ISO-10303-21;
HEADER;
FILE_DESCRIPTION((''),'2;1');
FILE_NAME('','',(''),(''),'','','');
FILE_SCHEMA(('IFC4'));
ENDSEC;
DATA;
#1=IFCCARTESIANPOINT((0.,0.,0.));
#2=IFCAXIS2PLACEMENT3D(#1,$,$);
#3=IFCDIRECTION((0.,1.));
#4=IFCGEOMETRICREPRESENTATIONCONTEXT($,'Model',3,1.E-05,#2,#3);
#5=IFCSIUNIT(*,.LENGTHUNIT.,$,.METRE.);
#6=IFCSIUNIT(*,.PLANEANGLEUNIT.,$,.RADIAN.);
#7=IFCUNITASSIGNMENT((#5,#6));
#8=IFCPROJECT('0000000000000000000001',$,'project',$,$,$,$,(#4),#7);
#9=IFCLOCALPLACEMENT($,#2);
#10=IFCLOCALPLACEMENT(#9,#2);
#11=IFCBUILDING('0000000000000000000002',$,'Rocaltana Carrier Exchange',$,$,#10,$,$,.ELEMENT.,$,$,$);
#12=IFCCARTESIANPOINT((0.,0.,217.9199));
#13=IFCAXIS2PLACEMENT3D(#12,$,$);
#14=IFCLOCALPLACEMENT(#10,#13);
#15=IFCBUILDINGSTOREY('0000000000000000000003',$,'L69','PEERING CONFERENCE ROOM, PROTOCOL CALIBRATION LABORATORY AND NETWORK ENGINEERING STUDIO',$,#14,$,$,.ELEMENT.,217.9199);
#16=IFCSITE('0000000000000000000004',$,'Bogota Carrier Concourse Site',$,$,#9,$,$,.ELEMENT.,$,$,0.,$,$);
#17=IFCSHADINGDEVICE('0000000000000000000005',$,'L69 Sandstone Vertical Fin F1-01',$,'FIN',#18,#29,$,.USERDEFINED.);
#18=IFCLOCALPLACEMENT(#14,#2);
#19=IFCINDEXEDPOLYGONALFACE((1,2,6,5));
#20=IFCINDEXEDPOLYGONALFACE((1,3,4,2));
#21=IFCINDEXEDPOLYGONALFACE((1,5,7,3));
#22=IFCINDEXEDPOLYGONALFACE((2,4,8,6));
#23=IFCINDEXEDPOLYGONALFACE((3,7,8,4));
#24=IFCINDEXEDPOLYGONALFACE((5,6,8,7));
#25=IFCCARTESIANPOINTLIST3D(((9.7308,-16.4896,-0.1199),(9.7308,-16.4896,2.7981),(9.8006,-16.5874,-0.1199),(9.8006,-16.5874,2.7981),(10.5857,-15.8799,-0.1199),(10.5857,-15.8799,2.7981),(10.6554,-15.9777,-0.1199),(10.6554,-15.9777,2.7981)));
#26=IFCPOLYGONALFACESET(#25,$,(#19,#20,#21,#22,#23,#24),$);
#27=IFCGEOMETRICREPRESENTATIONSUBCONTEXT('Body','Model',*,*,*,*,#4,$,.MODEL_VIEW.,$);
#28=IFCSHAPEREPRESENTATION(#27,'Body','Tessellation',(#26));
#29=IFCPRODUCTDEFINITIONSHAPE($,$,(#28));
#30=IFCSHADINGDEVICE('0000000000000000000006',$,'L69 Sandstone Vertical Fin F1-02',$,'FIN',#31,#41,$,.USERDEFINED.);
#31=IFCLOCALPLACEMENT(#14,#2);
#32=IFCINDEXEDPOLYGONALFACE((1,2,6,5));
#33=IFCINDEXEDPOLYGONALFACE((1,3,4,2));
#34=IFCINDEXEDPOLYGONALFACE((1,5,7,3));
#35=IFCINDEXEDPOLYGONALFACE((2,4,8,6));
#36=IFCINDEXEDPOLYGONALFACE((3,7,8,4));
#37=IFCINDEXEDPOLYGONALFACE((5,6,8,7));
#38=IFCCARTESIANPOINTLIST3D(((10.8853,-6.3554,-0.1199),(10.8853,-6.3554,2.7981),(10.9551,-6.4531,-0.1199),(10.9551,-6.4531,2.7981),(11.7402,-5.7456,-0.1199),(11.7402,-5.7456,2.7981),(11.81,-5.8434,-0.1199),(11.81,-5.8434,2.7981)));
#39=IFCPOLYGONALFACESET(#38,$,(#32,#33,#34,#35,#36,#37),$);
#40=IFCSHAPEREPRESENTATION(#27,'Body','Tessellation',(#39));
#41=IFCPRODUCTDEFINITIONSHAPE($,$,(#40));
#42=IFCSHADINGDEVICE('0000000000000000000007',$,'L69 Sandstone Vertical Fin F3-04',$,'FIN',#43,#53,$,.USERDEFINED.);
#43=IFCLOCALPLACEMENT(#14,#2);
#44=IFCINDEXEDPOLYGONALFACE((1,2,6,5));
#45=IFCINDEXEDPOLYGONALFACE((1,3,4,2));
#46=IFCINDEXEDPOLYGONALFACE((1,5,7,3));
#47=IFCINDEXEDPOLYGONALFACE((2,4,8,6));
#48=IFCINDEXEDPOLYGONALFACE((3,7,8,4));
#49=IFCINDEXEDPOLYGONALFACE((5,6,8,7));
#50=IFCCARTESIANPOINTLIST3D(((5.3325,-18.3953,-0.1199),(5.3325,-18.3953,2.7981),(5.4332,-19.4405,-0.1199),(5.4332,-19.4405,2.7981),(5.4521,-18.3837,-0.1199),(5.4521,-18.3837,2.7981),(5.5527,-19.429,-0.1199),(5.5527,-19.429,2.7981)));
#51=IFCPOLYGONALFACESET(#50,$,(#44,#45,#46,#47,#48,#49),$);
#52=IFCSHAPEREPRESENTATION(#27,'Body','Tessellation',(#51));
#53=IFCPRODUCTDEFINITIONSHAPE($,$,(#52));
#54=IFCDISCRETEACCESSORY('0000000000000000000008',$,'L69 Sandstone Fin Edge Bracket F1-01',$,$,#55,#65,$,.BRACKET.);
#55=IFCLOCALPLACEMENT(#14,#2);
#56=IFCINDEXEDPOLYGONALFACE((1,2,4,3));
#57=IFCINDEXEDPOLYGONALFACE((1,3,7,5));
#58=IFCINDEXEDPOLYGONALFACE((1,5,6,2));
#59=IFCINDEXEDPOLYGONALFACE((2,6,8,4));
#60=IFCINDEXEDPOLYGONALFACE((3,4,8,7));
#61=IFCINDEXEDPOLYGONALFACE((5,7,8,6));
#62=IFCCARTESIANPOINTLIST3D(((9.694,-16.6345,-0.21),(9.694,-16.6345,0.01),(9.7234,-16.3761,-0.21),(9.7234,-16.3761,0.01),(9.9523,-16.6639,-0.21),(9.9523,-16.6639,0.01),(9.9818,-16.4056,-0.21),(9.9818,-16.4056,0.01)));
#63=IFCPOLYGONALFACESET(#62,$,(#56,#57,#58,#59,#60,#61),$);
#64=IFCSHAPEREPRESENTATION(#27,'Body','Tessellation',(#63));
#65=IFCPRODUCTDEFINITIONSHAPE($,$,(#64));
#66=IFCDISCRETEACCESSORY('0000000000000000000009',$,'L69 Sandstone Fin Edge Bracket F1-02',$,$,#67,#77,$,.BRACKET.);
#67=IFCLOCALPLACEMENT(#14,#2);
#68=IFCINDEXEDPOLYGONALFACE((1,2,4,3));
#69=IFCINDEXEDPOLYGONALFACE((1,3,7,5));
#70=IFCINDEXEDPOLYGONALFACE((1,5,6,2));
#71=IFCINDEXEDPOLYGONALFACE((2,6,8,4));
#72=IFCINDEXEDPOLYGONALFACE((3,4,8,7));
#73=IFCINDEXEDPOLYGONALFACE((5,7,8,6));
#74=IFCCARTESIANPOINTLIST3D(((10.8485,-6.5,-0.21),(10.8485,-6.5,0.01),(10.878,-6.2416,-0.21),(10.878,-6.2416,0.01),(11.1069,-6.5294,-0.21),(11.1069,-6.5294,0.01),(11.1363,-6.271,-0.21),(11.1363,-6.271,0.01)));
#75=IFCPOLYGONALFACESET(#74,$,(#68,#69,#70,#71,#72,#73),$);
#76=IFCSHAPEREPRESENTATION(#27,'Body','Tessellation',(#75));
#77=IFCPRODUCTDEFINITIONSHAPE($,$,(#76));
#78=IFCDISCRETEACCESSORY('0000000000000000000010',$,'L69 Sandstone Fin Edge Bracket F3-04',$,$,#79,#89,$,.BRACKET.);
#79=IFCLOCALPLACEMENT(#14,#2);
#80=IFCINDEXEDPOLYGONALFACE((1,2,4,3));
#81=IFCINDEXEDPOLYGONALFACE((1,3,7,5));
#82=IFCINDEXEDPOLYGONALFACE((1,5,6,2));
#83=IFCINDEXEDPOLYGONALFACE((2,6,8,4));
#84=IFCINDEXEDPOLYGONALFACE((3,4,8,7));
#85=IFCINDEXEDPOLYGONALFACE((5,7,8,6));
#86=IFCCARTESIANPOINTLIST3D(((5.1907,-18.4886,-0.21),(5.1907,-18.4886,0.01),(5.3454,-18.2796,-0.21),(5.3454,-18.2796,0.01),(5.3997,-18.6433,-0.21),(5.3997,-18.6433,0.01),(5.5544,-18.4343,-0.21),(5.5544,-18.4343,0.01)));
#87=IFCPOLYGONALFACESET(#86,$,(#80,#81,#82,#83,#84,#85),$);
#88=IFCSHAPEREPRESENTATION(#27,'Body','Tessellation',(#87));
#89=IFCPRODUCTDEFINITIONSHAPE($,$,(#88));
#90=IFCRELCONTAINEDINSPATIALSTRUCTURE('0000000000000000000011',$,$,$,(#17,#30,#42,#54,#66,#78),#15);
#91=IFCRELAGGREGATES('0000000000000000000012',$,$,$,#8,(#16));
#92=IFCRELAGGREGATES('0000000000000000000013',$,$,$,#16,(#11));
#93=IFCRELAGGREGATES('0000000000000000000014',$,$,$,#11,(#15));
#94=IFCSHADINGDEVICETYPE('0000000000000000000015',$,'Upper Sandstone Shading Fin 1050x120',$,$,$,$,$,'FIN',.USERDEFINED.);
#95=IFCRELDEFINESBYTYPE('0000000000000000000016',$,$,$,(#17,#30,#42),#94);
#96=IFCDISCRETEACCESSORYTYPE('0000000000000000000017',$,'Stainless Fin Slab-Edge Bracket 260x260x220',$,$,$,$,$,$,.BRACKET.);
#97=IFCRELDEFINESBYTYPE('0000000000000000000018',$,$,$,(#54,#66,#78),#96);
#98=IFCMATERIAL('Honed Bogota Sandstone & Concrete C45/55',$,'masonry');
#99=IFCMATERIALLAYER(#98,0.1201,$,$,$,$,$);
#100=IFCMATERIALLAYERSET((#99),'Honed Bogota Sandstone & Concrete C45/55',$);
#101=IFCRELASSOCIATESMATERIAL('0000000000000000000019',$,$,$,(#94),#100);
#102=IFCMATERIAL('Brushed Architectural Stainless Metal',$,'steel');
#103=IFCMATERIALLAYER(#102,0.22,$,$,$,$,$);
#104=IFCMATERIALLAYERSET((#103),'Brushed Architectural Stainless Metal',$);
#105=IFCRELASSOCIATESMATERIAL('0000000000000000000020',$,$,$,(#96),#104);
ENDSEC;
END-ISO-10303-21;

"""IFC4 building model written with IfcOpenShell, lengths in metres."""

from ifc_helpers import new_model, si_unit, direction, frame, origin, origin_2d, place, context, subcontext, project, spatial, rectangle, extrude, material, layer, layer_set, type_object, element, save


model = new_model("IFC4")

# Units and contexts
model_context = context("Model", 3, precision=1e-05, world=origin(), true_north=direction((0.0, 1.0)))
body_context = subcontext(model_context, "Body", "Model", "MODEL_VIEW")
ifc_project = project(units=[si_unit("LENGTHUNIT", "METRE"), si_unit("PLANEANGLEUNIT", "RADIAN")], contexts=[model_context])

# Site, building, storey
site_placement = place(None, origin())
site = spatial("IfcSite", under=ifc_project, at=site_placement, Name="Bogota Carrier Concourse Site", CompositionType="ELEMENT", RefElevation=0.0)
building_placement = place(site_placement, origin())
building = spatial("IfcBuilding", under=site, at=building_placement, Name="Rocaltana Carrier Exchange", CompositionType="ELEMENT")
storey_placement = place(building_placement, frame((0.0, 0.0, 217.9199)))
storey = spatial("IfcBuildingStorey", under=building, at=storey_placement, Name="L69", Description="PEERING CONFERENCE ROOM, PROTOCOL CALIBRATION LABORATORY AND NETWORK ENGINEERING STUDIO", CompositionType="ELEMENT", Elevation=217.9199)

# Shading devices
ifc_material_1 = material(Name="Honed Bogota Sandstone & Concrete C45/55", Category="masonry")
ifc_layer_1 = layer(ifc_material_1, 0.1201)
ifc_layer_set_1 = layer_set([ifc_layer_1], Name="Honed Bogota Sandstone & Concrete C45/55")
shading_device_type = type_object("IfcShadingDeviceType", Name="Upper Sandstone Shading Fin 1050x120", ElementType="FIN", PredefinedType="USERDEFINED", material=ifc_layer_set_1)
for number, where, z_axis, x_axis, name in (
    (1, (10.1931, -16.2336, -0.1199), (0.0, 0.0, 1.0), (0.814116, 0.580703, 0.0), "L69 Sandstone Vertical Fin F1-01"),
    (2, (11.3477, -6.0994, -0.1199), (0.0, 0.0, 1.0), (0.814116, 0.580703, 0.0), "L69 Sandstone Vertical Fin F1-02"),
    (3, (5.4426, -18.9121, -0.1199), (0.0, 0.0, 1.0), (0.095846, -0.995396, 0.0), "L69 Sandstone Vertical Fin F3-04"),
):
    element("IfcShadingDevice", number, at=place(storey_placement, frame(where, z_axis=z_axis, x_axis=x_axis)), inside=storey, type_object=shading_device_type, Name=name, ObjectType="FIN", PredefinedType="USERDEFINED", context=body_context, shape_type="SweptSolid", body=[
        extrude(rectangle(XDim=1.05, YDim=0.1201, at=origin_2d()), origin(), (0.0, 0.0, 1.0), 2.918),
    ])

# Discrete accessories
ifc_material_2 = material(Name="Brushed Architectural Stainless Metal", Category="steel")
ifc_layer_2 = layer(ifc_material_2, 0.22)
ifc_layer_set_2 = layer_set([ifc_layer_2], Name="Brushed Architectural Stainless Metal")
discrete_accessory_type = type_object("IfcDiscreteAccessoryType", Name="Stainless Fin Slab-Edge Bracket 260x260x220", PredefinedType="BRACKET", material=ifc_layer_set_2)
for number, where, z_axis, x_axis, name in (
    (4, (9.8379, -16.52, -0.21), (0.0, 0.0, 1.0), (0.113203, 0.993572, 0.0), "L69 Sandstone Fin Edge Bracket F1-01"),
    (5, (10.9924, -6.3855, -0.21), (0.0, 0.0, 1.0), (0.113203, 0.993572, 0.0), "L69 Sandstone Fin Edge Bracket F1-02"),
    (6, (5.3726, -18.4614, -0.21), (0.0, 0.0, 1.0), (0.803857, -0.594823, 0.0), "L69 Sandstone Fin Edge Bracket F3-04"),
):
    element("IfcDiscreteAccessory", number, at=place(storey_placement, frame(where, z_axis=z_axis, x_axis=x_axis)), inside=storey, type_object=discrete_accessory_type, Name=name, PredefinedType="BRACKET", context=body_context, shape_type="SweptSolid", body=[
        extrude(rectangle(XDim=0.26, YDim=0.26, at=origin_2d()), origin(), (0.0, 0.0, 1.0), 0.22),
    ])

save(model, "model.ifc")
